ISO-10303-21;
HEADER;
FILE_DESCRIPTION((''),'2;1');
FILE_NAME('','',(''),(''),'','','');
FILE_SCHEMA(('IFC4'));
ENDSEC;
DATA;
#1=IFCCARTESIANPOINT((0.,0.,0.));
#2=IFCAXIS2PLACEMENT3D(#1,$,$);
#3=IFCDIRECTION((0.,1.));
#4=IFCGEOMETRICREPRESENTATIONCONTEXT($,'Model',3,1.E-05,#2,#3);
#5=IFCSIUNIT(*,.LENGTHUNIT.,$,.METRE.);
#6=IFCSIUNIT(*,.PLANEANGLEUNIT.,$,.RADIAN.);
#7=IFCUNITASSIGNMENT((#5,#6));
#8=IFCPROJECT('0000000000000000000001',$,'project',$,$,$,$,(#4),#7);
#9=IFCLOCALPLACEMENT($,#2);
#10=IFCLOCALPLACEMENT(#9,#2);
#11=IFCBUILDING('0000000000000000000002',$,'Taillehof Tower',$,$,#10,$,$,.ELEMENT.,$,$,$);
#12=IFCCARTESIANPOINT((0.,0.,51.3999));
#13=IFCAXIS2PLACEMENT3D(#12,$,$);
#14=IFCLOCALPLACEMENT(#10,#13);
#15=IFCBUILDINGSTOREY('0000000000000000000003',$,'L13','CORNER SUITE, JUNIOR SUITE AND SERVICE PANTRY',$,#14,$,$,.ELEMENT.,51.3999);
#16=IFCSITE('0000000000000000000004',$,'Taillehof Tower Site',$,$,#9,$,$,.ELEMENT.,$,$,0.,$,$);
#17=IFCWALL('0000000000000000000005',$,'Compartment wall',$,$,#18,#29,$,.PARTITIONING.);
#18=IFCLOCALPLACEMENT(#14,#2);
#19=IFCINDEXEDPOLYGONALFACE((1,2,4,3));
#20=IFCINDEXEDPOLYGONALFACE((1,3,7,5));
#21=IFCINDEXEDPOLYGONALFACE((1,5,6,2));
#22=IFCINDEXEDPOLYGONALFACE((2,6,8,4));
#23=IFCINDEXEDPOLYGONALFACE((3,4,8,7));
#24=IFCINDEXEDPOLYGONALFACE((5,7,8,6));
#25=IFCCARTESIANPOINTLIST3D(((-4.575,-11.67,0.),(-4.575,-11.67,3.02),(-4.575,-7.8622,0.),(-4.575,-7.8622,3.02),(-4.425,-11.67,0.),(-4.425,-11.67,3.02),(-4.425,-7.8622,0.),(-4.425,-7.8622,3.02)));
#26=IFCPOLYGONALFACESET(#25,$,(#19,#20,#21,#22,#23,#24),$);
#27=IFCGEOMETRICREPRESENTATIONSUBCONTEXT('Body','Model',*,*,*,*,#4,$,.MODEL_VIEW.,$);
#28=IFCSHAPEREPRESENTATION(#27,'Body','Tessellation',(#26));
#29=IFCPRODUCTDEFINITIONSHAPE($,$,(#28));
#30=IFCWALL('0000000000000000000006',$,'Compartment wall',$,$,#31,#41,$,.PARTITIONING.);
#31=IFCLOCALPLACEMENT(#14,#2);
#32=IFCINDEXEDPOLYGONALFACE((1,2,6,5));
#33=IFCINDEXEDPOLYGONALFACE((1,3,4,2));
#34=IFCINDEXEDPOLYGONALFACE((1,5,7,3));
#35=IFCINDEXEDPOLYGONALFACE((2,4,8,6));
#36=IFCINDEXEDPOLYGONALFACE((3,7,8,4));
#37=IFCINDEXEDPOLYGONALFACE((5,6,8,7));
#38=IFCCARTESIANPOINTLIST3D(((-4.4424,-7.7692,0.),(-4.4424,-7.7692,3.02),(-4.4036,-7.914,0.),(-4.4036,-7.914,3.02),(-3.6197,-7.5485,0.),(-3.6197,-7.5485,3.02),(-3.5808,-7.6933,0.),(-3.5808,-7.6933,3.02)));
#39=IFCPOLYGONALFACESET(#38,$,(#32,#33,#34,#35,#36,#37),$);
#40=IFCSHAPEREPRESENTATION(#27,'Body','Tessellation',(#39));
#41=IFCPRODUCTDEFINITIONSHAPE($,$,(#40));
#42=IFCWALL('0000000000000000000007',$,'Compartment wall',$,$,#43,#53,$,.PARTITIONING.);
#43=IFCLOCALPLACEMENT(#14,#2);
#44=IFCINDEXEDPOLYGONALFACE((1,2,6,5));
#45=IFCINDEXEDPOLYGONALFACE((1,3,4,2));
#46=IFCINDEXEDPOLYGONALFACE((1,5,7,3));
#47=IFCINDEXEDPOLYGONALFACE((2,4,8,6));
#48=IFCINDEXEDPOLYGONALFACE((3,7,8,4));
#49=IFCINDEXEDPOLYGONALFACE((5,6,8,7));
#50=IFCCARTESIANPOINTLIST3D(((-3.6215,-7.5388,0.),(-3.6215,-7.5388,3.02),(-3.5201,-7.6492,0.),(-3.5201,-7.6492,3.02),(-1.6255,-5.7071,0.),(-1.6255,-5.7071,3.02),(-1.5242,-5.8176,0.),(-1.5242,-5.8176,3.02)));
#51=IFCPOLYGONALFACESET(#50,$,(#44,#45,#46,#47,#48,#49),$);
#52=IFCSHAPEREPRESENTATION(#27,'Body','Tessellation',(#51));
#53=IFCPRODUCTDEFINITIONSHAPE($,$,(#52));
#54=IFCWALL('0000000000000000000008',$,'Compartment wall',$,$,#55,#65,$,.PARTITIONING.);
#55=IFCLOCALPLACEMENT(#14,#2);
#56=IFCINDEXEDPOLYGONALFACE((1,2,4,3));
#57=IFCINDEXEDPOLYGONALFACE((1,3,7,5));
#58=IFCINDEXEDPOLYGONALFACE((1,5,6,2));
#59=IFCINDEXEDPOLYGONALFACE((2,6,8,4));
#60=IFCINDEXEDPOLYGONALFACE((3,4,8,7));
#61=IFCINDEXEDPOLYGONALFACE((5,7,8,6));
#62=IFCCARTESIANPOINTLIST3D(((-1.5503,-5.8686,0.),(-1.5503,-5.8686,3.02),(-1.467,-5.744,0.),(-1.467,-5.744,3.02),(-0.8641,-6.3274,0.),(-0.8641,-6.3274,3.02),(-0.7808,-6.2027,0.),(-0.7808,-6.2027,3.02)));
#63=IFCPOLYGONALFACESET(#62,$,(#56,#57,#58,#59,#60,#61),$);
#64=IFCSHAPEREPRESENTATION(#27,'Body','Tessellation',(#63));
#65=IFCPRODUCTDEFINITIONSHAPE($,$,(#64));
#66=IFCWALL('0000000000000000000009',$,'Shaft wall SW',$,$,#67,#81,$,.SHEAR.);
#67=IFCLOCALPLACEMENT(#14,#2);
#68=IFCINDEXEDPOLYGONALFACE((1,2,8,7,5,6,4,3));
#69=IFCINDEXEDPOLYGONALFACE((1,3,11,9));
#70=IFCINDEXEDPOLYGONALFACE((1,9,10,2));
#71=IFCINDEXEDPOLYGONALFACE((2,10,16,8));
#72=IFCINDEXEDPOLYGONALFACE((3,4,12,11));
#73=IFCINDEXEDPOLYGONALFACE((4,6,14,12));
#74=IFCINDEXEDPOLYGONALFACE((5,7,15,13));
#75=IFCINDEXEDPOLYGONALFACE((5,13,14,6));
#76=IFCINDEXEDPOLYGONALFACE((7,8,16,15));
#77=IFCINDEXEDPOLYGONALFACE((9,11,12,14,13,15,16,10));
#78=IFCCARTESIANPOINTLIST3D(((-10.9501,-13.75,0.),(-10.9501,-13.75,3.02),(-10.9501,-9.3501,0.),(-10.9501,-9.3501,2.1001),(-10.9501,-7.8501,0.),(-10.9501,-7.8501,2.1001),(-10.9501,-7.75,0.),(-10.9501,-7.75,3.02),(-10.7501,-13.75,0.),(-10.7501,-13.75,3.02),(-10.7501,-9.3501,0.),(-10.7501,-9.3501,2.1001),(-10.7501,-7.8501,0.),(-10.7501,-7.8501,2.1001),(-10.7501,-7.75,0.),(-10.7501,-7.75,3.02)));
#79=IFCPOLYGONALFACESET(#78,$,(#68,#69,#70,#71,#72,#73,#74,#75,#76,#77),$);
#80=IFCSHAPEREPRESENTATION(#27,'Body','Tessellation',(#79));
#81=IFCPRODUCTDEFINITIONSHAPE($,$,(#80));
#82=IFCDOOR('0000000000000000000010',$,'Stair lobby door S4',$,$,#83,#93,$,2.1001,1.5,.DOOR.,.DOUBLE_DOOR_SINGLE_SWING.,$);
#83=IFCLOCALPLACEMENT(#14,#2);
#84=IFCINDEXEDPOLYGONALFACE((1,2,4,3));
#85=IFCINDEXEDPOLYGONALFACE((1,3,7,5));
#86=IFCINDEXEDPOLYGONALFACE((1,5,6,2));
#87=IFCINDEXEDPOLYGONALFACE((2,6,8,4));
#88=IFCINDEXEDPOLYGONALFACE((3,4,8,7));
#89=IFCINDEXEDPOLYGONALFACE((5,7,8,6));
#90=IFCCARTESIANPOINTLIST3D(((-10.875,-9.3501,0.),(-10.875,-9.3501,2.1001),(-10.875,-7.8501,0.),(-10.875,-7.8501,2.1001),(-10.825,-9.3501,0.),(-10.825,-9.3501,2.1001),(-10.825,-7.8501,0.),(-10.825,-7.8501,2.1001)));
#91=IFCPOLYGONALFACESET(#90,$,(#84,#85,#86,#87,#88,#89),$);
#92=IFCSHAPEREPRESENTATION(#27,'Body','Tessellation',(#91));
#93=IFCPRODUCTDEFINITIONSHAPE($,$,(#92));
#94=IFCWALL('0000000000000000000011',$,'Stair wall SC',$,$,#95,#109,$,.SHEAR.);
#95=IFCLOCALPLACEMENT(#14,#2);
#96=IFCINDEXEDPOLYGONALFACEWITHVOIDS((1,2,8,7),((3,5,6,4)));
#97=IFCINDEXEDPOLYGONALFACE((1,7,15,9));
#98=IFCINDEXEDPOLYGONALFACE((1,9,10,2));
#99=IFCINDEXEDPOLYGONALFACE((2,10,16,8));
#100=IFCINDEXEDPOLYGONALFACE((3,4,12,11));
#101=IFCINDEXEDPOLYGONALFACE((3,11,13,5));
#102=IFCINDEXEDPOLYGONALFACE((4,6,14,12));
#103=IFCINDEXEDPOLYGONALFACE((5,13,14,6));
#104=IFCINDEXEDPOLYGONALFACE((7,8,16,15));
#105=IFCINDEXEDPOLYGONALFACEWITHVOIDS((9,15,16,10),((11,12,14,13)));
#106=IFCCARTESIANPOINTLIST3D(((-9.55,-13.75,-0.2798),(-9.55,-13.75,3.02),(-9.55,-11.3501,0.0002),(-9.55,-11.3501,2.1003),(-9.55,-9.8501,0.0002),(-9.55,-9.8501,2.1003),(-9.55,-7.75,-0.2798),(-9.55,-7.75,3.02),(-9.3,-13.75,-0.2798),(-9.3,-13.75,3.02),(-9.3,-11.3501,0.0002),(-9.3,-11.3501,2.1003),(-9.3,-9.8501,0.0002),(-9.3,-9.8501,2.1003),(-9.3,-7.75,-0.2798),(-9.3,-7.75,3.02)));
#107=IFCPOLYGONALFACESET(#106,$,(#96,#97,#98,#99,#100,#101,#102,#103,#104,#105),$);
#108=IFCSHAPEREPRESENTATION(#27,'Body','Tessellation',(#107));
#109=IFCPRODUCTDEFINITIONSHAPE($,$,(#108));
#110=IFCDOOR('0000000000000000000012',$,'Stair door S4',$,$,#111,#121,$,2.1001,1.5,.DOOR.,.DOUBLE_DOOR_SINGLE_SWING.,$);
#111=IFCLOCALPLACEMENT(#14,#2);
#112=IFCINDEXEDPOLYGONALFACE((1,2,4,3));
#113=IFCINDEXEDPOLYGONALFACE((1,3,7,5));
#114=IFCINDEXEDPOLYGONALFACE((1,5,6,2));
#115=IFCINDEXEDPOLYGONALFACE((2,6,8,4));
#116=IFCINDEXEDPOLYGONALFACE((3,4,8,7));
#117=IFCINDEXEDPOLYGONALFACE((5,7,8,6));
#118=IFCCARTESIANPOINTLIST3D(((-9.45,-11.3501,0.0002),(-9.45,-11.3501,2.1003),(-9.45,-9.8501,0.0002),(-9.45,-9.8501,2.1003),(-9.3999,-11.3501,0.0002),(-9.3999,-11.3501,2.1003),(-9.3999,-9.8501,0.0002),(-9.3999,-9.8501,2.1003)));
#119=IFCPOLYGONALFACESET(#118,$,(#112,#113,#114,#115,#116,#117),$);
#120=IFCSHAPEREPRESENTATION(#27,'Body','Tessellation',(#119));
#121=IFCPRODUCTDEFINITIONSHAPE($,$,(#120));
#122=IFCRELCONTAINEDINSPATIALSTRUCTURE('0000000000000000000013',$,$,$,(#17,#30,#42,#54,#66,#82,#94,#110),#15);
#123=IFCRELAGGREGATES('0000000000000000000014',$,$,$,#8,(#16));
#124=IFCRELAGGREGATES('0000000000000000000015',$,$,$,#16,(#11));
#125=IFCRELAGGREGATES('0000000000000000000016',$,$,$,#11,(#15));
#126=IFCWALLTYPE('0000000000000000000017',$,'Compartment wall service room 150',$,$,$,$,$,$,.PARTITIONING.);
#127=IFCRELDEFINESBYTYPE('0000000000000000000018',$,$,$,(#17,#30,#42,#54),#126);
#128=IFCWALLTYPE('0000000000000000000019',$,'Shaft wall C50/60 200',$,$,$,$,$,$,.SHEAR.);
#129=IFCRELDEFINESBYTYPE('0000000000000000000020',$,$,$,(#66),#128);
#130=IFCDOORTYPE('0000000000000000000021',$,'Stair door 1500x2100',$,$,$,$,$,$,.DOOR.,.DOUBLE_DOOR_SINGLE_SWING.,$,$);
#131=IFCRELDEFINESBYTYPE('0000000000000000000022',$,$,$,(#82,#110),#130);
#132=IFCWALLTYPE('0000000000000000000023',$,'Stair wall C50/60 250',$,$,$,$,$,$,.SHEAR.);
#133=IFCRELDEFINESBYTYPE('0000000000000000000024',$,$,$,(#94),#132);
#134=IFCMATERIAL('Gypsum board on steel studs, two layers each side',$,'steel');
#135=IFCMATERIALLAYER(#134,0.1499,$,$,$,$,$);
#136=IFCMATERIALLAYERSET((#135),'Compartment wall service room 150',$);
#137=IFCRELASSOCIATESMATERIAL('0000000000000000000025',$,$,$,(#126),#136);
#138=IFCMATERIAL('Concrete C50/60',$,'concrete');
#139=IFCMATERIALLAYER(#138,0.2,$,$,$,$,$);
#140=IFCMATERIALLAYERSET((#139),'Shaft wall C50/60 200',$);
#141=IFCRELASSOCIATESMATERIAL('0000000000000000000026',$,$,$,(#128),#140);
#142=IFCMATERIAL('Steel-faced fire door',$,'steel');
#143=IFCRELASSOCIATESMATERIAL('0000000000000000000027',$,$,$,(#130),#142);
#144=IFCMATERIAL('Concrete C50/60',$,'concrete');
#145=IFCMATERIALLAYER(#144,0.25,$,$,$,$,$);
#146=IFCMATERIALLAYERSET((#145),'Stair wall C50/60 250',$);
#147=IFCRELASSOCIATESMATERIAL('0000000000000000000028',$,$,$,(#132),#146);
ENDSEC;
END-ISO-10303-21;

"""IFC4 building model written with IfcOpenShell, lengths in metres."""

from ifc_helpers import new_model, si_unit, direction, frame, frame_2d, origin, place, context, subcontext, project, spatial, rectangle, extrude, material, layer, layer_set, type_object, element, fill, save


model = new_model("IFC4")

# Units and contexts
model_context = context("Model", 3, precision=1e-05, world=origin(), true_north=direction((0.0, 1.0)))
body_context = subcontext(model_context, "Body", "Model", "MODEL_VIEW")
ifc_project = project(units=[si_unit("LENGTHUNIT", "METRE"), si_unit("PLANEANGLEUNIT", "RADIAN")], contexts=[model_context])

# Site, building, storey
site_placement = place(None, origin())
site = spatial("IfcSite", under=ifc_project, at=site_placement, Name="Taillehof Tower Site", CompositionType="ELEMENT", RefElevation=0.0)
building_placement = place(site_placement, origin())
building = spatial("IfcBuilding", under=site, at=building_placement, Name="Taillehof Tower", CompositionType="ELEMENT")
storey_placement = place(building_placement, frame((0.0, 0.0, 51.3999)))
storey = spatial("IfcBuildingStorey", under=building, at=storey_placement, Name="L13", Description="CORNER SUITE, JUNIOR SUITE AND SERVICE PANTRY", CompositionType="ELEMENT", Elevation=51.3999)

# Walls
ifc_material_1 = material(Name="Gypsum board on steel studs, two layers each side", Category="steel")
ifc_layer_1 = layer(ifc_material_1, 0.1499)
ifc_layer_set_1 = layer_set([ifc_layer_1], Name="Compartment wall service room 150")
wall_type_1 = type_object("IfcWallType", Name="Compartment wall service room 150", PredefinedType="PARTITIONING", material=ifc_layer_set_1)
wall_1_placement = place(storey_placement, frame((-4.5, -11.6699, 0.0), z_axis=(0.0, 0.0, 1.0), x_axis=(0.0, 1.0, 0.0)))
element("IfcWall", 1, at=wall_1_placement, inside=storey, type_object=wall_type_1, Name="Compartment wall", PredefinedType="PARTITIONING", context=body_context, shape_type="SweptSolid", body=[
    extrude(rectangle(XDim=3.8079, YDim=0.1499, at=frame_2d((1.9038, 0.0))), origin(), (0.0, 0.0, 1.0), 3.02),
])
wall_2_placement = place(storey_placement, frame((-4.4229, -7.8416, 0.0), z_axis=(0.0, 0.0, 1.0), x_axis=(0.965853, 0.259089, 0.0)))
element("IfcWall", 2, at=wall_2_placement, inside=storey, type_object=wall_type_1, Name="Compartment wall", PredefinedType="PARTITIONING", context=body_context, shape_type="SweptSolid", body=[
    extrude(rectangle(XDim=0.8518, YDim=0.1499, at=frame_2d((0.4258, 0.0))), origin(), (0.0, 0.0, 1.0), 3.02),
])
wall_3_placement = place(storey_placement, frame((-3.5708, -7.594, 0.0), z_axis=(0.0, 0.0, 1.0), x_axis=(0.736784, 0.676129, 0.0)))
element("IfcWall", 3, at=wall_3_placement, inside=storey, type_object=wall_type_1, Name="Compartment wall", PredefinedType="PARTITIONING", context=body_context, shape_type="SweptSolid", body=[
    extrude(rectangle(XDim=2.709, YDim=0.1499, at=frame_2d((1.3545, 0.0))), origin(), (0.0, 0.0, 1.0), 3.02),
])
wall_4_placement = place(storey_placement, frame((-1.5085, -5.8064, 0.0), z_axis=(0.0, 0.0, 1.0), x_axis=(0.831367, -0.555724, 0.0)))
element("IfcWall", 4, at=wall_4_placement, inside=storey, type_object=wall_type_1, Name="Compartment wall", PredefinedType="PARTITIONING", context=body_context, shape_type="SweptSolid", body=[
    extrude(rectangle(XDim=0.8254, YDim=0.1499, at=frame_2d((0.4126, 0.0))), origin(), (0.0, 0.0, 1.0), 3.02),
])

# Walls, openings, doors
ifc_material_2 = material(Name="Concrete C50/60", Category="concrete")
ifc_layer_2 = layer(ifc_material_2, 0.2)
ifc_layer_set_2 = layer_set([ifc_layer_2], Name="Shaft wall C50/60 200")
wall_type_2 = type_object("IfcWallType", Name="Shaft wall C50/60 200", PredefinedType="SHEAR", material=ifc_layer_set_2)
wall_5_placement = place(storey_placement, frame((-10.8501, -13.75, 0.0), z_axis=(0.0, 0.0, 1.0), x_axis=(0.0, 1.0, 0.0)))
wall_5 = element("IfcWall", 5, at=wall_5_placement, inside=storey, type_object=wall_type_2, Name="Shaft wall SW", PredefinedType="SHEAR", context=body_context, shape_type="SweptSolid", body=[
    extrude(rectangle(XDim=6.0, YDim=0.2, at=frame_2d((3.0, 0.0))), origin(), (0.0, 0.0, 1.0), 3.02),
])
opening_1_placement = place(wall_5_placement, frame((4.3999, 0.0, 0.0)))
opening_1 = element("IfcOpeningElement", 6, at=opening_1_placement, cuts=wall_5, PredefinedType="OPENING", context=body_context, shape_type="SweptSolid", body=[
    extrude(rectangle(XDim=1.5, YDim=2.1001, at=frame_2d((0.75, 1.05))), frame((0.0, 0.1099, 0.0), z_axis=(0.0, -1.0, 0.0), x_axis=(1.0, 0.0, 0.0)), (0.0, 0.0, 1.0), 0.22),
])
ifc_material_3 = material(Name="Steel-faced fire door", Category="steel")
door_type = type_object("IfcDoorType", Name="Stair door 1500x2100", OperationType="DOUBLE_DOOR_SINGLE_SWING", PredefinedType="DOOR", material=ifc_material_3)
door_1_placement = place(opening_1_placement, origin())
door_1 = element("IfcDoor", 7, at=door_1_placement, inside=storey, type_object=door_type, Name="Stair lobby door S4", OperationType="DOUBLE_DOOR_SINGLE_SWING", OverallHeight=2.1001, OverallWidth=1.5, PredefinedType="DOOR", context=body_context, shape_type="SweptSolid", body=[
    extrude(rectangle(XDim=1.5, YDim=2.1001, at=frame_2d((0.75, 1.05))), frame((0.0, 0.0249, 0.0), z_axis=(0.0, -1.0, 0.0), x_axis=(1.0, 0.0, 0.0)), (0.0, 0.0, 1.0), 0.05),
])
fill(opening_1, door_1)
ifc_material_4 = material(Name="Concrete C50/60", Category="concrete")
ifc_layer_3 = layer(ifc_material_4, 0.25)
ifc_layer_set_3 = layer_set([ifc_layer_3], Name="Stair wall C50/60 250")
wall_type_3 = type_object("IfcWallType", Name="Stair wall C50/60 250", PredefinedType="SHEAR", material=ifc_layer_set_3)
wall_6_placement = place(storey_placement, frame((-9.425, -13.75, -0.2798), z_axis=(0.0, 0.0, 1.0), x_axis=(0.0, 1.0, 0.0)))
wall_6 = element("IfcWall", 8, at=wall_6_placement, inside=storey, type_object=wall_type_3, Name="Stair wall SC", PredefinedType="SHEAR", context=body_context, shape_type="SweptSolid", body=[
    extrude(rectangle(XDim=6.0, YDim=0.25, at=frame_2d((3.0, 0.0))), origin(), (0.0, 0.0, 1.0), 3.2998),
])
opening_2_placement = place(wall_6_placement, frame((2.3999, 0.0, 0.28)))
opening_2 = element("IfcOpeningElement", 9, at=opening_2_placement, cuts=wall_6, PredefinedType="OPENING", context=body_context, shape_type="SweptSolid", body=[
    extrude(rectangle(XDim=1.5, YDim=2.1001, at=frame_2d((0.75, 1.05))), frame((0.0, 0.135, 0.0), z_axis=(0.0, -1.0, 0.0), x_axis=(1.0, 0.0, 0.0)), (0.0, 0.0, 1.0), 0.27),
])
door_2_placement = place(opening_2_placement, origin())
door_2 = element("IfcDoor", 10, at=door_2_placement, inside=storey, type_object=door_type, Name="Stair door S4", OperationType="DOUBLE_DOOR_SINGLE_SWING", OverallHeight=2.1001, OverallWidth=1.5, PredefinedType="DOOR", context=body_context, shape_type="SweptSolid", body=[
    extrude(rectangle(XDim=1.5, YDim=2.1001, at=frame_2d((0.75, 1.05))), frame((0.0, 0.0249, 0.0), z_axis=(0.0, -1.0, 0.0), x_axis=(1.0, 0.0, 0.0)), (0.0, 0.0, 1.0), 0.05),
])
fill(opening_2, door_2)

save(model, "model.ifc")
